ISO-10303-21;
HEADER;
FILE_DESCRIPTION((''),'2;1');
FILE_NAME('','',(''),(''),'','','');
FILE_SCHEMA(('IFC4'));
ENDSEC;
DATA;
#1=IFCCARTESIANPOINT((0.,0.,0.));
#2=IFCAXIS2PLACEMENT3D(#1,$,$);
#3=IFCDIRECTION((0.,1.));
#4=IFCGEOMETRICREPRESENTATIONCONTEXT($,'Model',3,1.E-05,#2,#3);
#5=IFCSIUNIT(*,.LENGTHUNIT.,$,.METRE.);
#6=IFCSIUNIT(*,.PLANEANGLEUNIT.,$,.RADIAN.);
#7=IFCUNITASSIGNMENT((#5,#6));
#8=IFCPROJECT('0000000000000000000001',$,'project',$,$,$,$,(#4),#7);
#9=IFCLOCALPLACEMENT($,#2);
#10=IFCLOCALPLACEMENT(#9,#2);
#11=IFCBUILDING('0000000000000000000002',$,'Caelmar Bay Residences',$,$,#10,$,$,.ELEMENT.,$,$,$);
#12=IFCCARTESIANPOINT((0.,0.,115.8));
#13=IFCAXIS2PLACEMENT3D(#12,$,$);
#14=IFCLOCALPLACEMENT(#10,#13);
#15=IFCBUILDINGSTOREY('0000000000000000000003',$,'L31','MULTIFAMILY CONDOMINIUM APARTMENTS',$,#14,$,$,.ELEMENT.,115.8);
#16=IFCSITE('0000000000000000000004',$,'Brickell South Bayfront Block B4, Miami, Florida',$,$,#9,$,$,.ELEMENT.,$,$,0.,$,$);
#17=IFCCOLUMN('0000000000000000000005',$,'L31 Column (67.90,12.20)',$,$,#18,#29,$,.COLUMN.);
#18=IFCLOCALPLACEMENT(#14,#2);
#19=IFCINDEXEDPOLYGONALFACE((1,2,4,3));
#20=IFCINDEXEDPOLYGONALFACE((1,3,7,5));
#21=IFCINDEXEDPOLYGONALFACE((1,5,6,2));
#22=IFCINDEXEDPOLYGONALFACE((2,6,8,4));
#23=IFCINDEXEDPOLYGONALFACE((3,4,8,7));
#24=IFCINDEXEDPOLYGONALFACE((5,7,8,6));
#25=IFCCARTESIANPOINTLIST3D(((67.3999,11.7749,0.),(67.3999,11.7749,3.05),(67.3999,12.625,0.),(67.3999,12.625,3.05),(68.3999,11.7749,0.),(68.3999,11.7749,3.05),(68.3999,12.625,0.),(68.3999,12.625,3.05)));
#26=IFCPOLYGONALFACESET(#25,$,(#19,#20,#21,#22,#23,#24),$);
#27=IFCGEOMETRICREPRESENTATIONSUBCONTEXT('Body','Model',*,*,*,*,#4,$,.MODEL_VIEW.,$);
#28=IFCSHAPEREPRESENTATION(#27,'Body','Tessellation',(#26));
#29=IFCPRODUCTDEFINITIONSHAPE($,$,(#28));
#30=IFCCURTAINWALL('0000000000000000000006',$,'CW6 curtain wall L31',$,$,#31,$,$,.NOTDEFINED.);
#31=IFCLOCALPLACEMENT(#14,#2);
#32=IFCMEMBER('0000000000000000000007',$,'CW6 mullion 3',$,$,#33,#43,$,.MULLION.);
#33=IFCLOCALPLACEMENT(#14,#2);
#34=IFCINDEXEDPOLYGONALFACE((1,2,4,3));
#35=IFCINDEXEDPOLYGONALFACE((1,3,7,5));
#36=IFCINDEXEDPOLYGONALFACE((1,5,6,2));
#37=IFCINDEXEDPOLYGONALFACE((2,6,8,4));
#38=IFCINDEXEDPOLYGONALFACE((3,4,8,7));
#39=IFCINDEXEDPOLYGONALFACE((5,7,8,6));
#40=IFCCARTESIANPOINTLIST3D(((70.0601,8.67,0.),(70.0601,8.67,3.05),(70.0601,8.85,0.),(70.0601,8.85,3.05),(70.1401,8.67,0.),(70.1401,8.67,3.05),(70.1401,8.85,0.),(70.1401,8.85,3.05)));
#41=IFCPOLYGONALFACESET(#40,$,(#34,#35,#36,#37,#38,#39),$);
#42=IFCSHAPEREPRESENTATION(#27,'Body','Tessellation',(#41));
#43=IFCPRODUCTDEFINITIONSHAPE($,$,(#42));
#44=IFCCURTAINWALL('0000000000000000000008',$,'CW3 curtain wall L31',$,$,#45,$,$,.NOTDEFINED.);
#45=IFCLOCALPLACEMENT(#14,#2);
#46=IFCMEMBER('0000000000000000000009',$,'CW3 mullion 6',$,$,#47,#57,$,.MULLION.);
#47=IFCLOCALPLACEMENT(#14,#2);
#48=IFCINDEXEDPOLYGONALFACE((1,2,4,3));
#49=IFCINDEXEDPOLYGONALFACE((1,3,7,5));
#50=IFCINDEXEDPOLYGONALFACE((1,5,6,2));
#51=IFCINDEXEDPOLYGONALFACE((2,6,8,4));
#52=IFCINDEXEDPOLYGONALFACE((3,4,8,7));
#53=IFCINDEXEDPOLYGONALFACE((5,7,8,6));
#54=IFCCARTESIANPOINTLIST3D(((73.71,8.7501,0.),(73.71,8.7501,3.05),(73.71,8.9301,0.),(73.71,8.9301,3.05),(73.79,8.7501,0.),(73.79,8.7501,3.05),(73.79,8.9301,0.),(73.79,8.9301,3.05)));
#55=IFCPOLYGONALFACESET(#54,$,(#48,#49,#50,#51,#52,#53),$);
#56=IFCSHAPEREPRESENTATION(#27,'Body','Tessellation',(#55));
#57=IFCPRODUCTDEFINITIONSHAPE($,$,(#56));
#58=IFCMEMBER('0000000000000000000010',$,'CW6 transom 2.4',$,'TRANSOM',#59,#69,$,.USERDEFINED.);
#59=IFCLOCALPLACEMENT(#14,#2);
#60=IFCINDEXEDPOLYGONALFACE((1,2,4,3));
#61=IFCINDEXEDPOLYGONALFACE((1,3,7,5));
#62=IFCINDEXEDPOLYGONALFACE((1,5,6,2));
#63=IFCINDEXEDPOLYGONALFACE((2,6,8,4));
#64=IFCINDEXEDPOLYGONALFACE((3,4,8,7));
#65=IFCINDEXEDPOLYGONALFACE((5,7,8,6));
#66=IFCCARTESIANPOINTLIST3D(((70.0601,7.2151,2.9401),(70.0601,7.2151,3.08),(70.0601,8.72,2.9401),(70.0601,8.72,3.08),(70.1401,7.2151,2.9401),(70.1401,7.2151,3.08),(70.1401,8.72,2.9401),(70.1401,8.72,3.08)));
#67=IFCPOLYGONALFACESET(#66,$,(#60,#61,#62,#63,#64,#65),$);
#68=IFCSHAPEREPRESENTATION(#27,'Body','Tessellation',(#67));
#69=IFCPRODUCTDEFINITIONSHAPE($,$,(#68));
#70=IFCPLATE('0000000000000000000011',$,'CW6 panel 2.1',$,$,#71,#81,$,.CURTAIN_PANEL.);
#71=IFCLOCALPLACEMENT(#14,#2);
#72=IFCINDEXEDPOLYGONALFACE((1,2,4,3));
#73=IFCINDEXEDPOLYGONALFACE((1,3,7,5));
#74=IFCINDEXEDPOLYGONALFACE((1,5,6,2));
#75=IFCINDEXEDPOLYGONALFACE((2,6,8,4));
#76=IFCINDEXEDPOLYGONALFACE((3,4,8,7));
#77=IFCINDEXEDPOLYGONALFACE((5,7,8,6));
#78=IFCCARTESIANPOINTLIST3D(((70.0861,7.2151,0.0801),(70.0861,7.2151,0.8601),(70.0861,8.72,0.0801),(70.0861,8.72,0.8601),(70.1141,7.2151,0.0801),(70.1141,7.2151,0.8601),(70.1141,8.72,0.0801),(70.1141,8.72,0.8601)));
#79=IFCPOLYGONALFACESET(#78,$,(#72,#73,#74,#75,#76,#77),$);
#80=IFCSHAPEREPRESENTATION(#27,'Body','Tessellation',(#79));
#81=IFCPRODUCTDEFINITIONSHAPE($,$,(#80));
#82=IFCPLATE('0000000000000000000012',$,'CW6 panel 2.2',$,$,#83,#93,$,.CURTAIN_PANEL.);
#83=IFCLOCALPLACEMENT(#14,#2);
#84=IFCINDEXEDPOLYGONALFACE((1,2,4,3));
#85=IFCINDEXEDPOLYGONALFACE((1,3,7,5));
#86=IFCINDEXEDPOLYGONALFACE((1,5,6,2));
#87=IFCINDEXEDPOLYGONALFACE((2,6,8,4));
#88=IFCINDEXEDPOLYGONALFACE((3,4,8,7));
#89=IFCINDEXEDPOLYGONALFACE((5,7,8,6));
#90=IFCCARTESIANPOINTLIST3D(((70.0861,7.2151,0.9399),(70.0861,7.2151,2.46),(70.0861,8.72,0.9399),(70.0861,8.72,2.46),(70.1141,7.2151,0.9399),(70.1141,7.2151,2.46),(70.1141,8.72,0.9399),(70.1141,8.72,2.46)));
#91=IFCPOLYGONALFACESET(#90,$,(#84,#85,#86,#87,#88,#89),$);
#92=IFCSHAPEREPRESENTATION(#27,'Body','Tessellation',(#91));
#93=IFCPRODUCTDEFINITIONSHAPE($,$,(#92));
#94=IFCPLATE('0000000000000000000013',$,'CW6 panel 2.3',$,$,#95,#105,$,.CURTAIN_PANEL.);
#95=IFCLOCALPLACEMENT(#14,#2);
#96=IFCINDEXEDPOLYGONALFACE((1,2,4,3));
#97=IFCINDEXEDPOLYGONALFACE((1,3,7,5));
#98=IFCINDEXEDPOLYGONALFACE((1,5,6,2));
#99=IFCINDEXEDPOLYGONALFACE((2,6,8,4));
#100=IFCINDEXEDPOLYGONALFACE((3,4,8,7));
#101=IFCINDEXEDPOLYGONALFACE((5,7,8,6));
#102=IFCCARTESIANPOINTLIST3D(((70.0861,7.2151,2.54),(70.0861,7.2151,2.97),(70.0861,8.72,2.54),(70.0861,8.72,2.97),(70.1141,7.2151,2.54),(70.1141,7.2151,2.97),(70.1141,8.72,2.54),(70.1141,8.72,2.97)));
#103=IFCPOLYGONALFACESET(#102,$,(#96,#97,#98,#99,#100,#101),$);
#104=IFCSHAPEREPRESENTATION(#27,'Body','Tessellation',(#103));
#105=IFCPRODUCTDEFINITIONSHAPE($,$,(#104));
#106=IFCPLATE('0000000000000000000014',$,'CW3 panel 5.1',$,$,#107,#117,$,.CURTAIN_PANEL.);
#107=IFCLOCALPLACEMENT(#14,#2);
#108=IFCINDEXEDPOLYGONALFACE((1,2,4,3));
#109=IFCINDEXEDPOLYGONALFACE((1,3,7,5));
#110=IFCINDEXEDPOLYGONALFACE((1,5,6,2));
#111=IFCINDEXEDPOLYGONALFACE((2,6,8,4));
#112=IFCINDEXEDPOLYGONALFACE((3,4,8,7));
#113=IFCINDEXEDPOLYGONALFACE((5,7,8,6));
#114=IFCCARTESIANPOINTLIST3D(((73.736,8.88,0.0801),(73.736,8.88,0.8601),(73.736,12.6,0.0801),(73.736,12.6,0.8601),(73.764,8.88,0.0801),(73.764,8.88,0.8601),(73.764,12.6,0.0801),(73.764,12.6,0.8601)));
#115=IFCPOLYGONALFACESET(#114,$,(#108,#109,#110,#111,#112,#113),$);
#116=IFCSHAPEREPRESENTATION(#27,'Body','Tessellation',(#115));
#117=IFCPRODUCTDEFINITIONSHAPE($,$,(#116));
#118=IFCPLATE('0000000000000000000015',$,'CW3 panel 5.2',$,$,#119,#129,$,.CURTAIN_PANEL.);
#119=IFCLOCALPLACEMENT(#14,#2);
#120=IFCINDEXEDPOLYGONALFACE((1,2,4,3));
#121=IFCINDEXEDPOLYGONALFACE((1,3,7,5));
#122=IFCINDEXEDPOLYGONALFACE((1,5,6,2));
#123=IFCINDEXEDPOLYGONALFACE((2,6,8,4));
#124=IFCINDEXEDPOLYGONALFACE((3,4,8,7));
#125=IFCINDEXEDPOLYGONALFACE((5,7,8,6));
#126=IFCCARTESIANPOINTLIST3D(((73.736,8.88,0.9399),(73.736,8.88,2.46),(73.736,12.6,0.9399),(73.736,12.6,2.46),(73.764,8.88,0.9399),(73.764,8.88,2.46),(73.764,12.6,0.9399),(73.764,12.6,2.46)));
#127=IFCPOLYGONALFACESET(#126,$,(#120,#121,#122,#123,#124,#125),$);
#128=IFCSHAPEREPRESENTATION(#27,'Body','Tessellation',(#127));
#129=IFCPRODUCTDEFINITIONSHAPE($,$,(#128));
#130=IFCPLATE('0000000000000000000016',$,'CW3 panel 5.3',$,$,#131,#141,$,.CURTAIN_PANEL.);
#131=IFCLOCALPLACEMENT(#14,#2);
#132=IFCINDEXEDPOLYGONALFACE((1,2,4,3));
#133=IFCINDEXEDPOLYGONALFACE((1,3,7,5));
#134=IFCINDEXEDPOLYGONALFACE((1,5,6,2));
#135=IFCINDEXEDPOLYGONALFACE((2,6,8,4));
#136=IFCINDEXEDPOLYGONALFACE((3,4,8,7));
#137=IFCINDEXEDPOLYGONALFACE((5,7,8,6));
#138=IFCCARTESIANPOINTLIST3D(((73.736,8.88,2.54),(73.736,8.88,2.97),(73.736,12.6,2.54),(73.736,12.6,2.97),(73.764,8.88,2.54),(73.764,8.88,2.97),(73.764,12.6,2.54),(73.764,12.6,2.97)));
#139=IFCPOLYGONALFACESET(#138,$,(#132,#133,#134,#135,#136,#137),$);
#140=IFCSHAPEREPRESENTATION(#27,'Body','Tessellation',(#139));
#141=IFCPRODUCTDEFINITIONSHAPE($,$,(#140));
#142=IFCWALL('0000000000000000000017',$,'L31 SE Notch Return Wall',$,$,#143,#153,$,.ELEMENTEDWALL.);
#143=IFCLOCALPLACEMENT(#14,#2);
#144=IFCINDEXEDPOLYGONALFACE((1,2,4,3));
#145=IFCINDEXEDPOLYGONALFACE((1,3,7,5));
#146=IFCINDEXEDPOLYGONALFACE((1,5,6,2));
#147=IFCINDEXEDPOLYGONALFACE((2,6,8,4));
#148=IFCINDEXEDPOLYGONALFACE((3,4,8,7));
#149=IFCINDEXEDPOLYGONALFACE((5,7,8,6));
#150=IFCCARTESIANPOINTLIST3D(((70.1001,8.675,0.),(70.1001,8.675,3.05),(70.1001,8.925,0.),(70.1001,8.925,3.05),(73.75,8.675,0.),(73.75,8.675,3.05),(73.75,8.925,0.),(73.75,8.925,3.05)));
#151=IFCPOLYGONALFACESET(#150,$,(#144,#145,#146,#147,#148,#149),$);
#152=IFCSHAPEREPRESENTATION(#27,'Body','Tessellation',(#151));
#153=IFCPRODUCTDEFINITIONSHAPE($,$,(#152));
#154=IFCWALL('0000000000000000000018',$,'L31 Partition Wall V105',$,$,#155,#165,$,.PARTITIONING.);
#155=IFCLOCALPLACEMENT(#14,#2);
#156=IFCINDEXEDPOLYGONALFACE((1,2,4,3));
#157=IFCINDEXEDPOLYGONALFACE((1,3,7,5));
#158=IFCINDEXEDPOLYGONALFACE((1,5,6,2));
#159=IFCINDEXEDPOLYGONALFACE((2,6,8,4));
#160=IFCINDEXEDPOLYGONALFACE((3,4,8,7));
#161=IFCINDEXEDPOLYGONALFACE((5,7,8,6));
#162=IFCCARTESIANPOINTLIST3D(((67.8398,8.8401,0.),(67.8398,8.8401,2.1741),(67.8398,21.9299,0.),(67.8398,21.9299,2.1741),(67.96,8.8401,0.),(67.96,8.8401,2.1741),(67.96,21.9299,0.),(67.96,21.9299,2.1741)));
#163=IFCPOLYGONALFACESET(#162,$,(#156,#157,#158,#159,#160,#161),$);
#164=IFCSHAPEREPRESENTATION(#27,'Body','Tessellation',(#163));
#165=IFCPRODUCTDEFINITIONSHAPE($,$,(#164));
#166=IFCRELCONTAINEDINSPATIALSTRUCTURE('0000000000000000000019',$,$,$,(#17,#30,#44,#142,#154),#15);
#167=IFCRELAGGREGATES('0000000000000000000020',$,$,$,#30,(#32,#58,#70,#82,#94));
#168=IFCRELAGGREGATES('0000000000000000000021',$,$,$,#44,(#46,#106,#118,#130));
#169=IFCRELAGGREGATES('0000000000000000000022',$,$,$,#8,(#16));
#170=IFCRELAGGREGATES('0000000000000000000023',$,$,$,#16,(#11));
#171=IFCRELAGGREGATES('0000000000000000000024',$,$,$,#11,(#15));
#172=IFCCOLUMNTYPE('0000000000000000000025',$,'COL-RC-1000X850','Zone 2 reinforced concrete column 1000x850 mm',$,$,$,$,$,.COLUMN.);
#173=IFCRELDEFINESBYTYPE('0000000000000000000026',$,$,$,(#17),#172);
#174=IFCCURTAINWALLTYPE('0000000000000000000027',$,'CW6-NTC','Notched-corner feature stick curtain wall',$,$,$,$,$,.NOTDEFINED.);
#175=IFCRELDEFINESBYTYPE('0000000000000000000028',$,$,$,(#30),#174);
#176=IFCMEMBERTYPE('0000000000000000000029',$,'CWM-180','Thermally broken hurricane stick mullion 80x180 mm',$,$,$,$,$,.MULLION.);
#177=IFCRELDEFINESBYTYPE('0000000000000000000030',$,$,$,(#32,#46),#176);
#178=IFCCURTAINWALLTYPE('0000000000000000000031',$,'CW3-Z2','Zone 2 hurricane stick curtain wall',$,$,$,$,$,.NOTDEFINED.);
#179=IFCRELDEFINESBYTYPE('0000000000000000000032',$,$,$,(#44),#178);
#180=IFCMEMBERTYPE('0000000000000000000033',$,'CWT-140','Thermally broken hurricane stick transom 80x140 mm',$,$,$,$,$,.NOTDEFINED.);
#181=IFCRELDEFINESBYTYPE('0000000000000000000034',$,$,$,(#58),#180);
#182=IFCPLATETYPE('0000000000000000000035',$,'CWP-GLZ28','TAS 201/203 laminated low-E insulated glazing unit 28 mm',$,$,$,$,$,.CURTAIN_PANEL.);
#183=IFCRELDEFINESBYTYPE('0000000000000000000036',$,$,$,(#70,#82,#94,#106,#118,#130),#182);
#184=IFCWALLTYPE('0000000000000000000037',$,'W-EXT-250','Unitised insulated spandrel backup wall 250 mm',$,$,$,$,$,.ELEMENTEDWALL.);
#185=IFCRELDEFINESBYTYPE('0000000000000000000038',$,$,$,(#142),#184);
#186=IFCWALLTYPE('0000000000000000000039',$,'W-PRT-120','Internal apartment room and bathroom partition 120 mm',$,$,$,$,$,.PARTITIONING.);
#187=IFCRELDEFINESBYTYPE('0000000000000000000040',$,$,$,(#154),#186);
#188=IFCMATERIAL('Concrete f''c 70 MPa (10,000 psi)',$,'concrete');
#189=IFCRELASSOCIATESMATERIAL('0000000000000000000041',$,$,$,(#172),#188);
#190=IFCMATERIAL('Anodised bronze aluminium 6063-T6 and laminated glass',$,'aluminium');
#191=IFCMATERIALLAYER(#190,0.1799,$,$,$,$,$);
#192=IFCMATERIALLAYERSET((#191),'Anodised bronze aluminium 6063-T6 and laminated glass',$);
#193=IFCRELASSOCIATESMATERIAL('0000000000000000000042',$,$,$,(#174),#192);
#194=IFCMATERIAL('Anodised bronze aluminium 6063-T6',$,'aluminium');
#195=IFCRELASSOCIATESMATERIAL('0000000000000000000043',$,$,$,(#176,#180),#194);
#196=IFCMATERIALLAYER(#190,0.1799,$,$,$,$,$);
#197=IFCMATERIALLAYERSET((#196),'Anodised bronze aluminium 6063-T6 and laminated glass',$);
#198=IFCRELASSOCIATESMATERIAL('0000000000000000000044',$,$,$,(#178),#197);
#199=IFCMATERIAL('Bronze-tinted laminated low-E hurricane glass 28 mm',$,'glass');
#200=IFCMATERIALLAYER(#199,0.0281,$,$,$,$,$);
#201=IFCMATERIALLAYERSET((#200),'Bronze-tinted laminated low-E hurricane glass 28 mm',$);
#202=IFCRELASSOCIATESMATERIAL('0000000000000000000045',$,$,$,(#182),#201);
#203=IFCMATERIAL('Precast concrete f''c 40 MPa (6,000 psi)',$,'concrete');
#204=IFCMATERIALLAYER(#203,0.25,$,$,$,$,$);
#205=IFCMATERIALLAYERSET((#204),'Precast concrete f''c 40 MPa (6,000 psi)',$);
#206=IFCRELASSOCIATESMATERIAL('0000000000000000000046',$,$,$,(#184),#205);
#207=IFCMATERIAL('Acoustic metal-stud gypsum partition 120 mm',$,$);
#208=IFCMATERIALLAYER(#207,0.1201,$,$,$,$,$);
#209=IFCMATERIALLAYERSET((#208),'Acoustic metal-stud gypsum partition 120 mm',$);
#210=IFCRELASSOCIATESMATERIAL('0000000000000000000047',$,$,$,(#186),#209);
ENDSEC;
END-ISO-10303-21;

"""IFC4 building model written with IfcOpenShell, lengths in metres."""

from ifc_helpers import new_model, si_unit, direction, frame, frame_2d, origin, origin_2d, place, context, subcontext, project, spatial, rectangle, extrude, material, layer, layer_set, material_profile, profile_set, type_object, element, aggregate, save


model = new_model("IFC4")

# Units and contexts
model_context = context("Model", 3, precision=1e-05, world=origin(), true_north=direction((0.0, 1.0)))
body_context = subcontext(model_context, "Body", "Model", "MODEL_VIEW")
ifc_project = project(units=[si_unit("LENGTHUNIT", "METRE"), si_unit("PLANEANGLEUNIT", "RADIAN")], contexts=[model_context])

# Site, building, storey
site_placement = place(None, origin())
site = spatial("IfcSite", under=ifc_project, at=site_placement, Name="Brickell South Bayfront Block B4, Miami, Florida", CompositionType="ELEMENT", RefElevation=0.0)
building_placement = place(site_placement, origin())
building = spatial("IfcBuilding", under=site, at=building_placement, Name="Caelmar Bay Residences", CompositionType="ELEMENT")
storey_placement = place(building_placement, frame((0.0, 0.0, 115.8)))
storey = spatial("IfcBuildingStorey", under=building, at=storey_placement, Name="L31", Description="MULTIFAMILY CONDOMINIUM APARTMENTS", CompositionType="ELEMENT", Elevation=115.8)

# Column
ifc_material_1 = material(Name="Concrete f'c 70 MPa (10,000 psi)", Category="concrete")
ifc_material_profile_1 = material_profile(ifc_material_1, rectangle(XDim=1.0, YDim=0.8501, at=origin_2d()), Name="RC-COL-1000X850")
ifc_profile_set_1 = profile_set([ifc_material_profile_1], Name="Concrete f'c 70 MPa (10,000 psi)")
column_type = type_object("IfcColumnType", Name="COL-RC-1000X850", Description="Zone 2 reinforced concrete column 1000x850 mm", PredefinedType="COLUMN", material=ifc_profile_set_1)
column_placement = place(storey_placement, frame((67.8999, 12.2, 0.0), z_axis=(0.0, 0.0, 1.0), x_axis=(1.0, 0.0, 0.0)))
element("IfcColumn", 1, at=column_placement, inside=storey, type_object=column_type, Name="L31 Column (67.90,12.20)", PredefinedType="COLUMN", context=body_context, shape_type="SweptSolid", body=[
    extrude(rectangle(XDim=1.0, YDim=0.8501, at=origin_2d()), origin(), (0.0, 0.0, 1.0), 3.05),
])

# Curtain walls, members
ifc_material_2 = material(Name="Anodised bronze aluminium 6063-T6 and laminated glass", Category="aluminium")
ifc_layer_1 = layer(ifc_material_2, 0.1799)
ifc_layer_set_1 = layer_set([ifc_layer_1], Name="Anodised bronze aluminium 6063-T6 and laminated glass")
curtain_wall_type_1 = type_object("IfcCurtainWallType", Name="CW6-NTC", Description="Notched-corner feature stick curtain wall", PredefinedType="NOTDEFINED", material=ifc_layer_set_1)
curtain_wall_1_placement = place(storey_placement, origin())
curtain_wall_1 = element("IfcCurtainWall", 2, at=curtain_wall_1_placement, inside=storey, type_object=curtain_wall_type_1, Name="CW6 curtain wall L31", PredefinedType="NOTDEFINED")
ifc_material_3 = material(Name="Anodised bronze aluminium 6063-T6", Category="aluminium")
ifc_material_profile_2 = material_profile(ifc_material_3, rectangle(XDim=0.0801, YDim=0.1799, at=origin_2d()), Name="CWM-80X180")
ifc_profile_set_2 = profile_set([ifc_material_profile_2], Name="Anodised bronze aluminium 6063-T6")
member_type_1 = type_object("IfcMemberType", Name="CWM-180", Description="Thermally broken hurricane stick mullion 80x180 mm", PredefinedType="MULLION", material=ifc_profile_set_2)
member_1_placement = place(storey_placement, frame((70.1001, 8.76, 0.0), z_axis=(0.0, 0.0, 1.0), x_axis=(-1.0, 0.0, 0.0)))
member_1 = element("IfcMember", 3, at=member_1_placement, type_object=member_type_1, Name="CW6 mullion 3", PredefinedType="MULLION", context=body_context, shape_type="SweptSolid", body=[
    extrude(rectangle(XDim=0.0801, YDim=0.1799, at=origin_2d()), origin(), (0.0, 0.0, 1.0), 3.05),
])
ifc_layer_2 = layer(ifc_material_2, 0.1799)
ifc_layer_set_2 = layer_set([ifc_layer_2], Name="Anodised bronze aluminium 6063-T6 and laminated glass")
curtain_wall_type_2 = type_object("IfcCurtainWallType", Name="CW3-Z2", Description="Zone 2 hurricane stick curtain wall", PredefinedType="NOTDEFINED", material=ifc_layer_set_2)
curtain_wall_2_placement = place(storey_placement, origin())
curtain_wall_2 = element("IfcCurtainWall", 4, at=curtain_wall_2_placement, inside=storey, type_object=curtain_wall_type_2, Name="CW3 curtain wall L31", PredefinedType="NOTDEFINED")
member_2_placement = place(storey_placement, frame((73.75, 8.8401, 0.0), z_axis=(0.0, 0.0, 1.0), x_axis=(1.0, 0.0, 0.0)))
member_2 = element("IfcMember", 5, at=member_2_placement, type_object=member_type_1, Name="CW3 mullion 6", PredefinedType="MULLION", context=body_context, shape_type="SweptSolid", body=[
    extrude(rectangle(XDim=0.0801, YDim=0.1799, at=origin_2d()), origin(), (0.0, 0.0, 1.0), 3.05),
])

# Member
ifc_material_profile_3 = material_profile(ifc_material_3, rectangle(XDim=0.0801, YDim=0.1399, at=origin_2d()), Name="CWT-80X140")
ifc_profile_set_3 = profile_set([ifc_material_profile_3], Name="Anodised bronze aluminium 6063-T6")
member_type_2 = type_object("IfcMemberType", Name="CWT-140", Description="Thermally broken hurricane stick transom 80x140 mm", PredefinedType="NOTDEFINED", material=ifc_profile_set_3)
member_3_placement = place(storey_placement, frame((70.1001, 7.2151, 3.01), z_axis=(0.0, 1.0, 0.0), x_axis=(-1.0, 0.0, 0.0)))
member_3 = element("IfcMember", 6, at=member_3_placement, type_object=member_type_2, Name="CW6 transom 2.4", ObjectType="TRANSOM", PredefinedType="USERDEFINED", context=body_context, shape_type="SweptSolid", body=[
    extrude(rectangle(XDim=0.0801, YDim=0.1399, at=origin_2d()), origin(), (0.0, 0.0, 1.0), 1.5049),
])

# Plates
ifc_material_4 = material(Name="Bronze-tinted laminated low-E hurricane glass 28 mm", Category="glass")
ifc_layer_3 = layer(ifc_material_4, 0.0281)
ifc_layer_set_3 = layer_set([ifc_layer_3], Name="Bronze-tinted laminated low-E hurricane glass 28 mm")
plate_type = type_object("IfcPlateType", Name="CWP-GLZ28", Description="TAS 201/203 laminated low-E insulated glazing unit 28 mm", PredefinedType="CURTAIN_PANEL", material=ifc_layer_set_3)
plate_1_placement = place(storey_placement, frame((70.1001, 7.9675, 0.0801), z_axis=(0.0, 0.0, 1.0), x_axis=(0.0, 1.0, 0.0)))
plate_1 = element("IfcPlate", 7, at=plate_1_placement, type_object=plate_type, Name="CW6 panel 2.1", PredefinedType="CURTAIN_PANEL", context=body_context, shape_type="SweptSolid", body=[
    extrude(rectangle(XDim=1.5049, YDim=0.0281, at=origin_2d()), origin(), (0.0, 0.0, 1.0), 0.78),
])
plate_2_placement = place(storey_placement, frame((70.1001, 7.9675, 0.9399), z_axis=(0.0, 0.0, 1.0), x_axis=(0.0, 1.0, 0.0)))
plate_2 = element("IfcPlate", 8, at=plate_2_placement, type_object=plate_type, Name="CW6 panel 2.2", PredefinedType="CURTAIN_PANEL", context=body_context, shape_type="SweptSolid", body=[
    extrude(rectangle(XDim=1.5049, YDim=0.0281, at=origin_2d()), origin(), (0.0, 0.0, 1.0), 1.52),
])
plate_3_placement = place(storey_placement, frame((70.1001, 7.9675, 2.54), z_axis=(0.0, 0.0, 1.0), x_axis=(0.0, 1.0, 0.0)))
plate_3 = element("IfcPlate", 9, at=plate_3_placement, type_object=plate_type, Name="CW6 panel 2.3", PredefinedType="CURTAIN_PANEL", context=body_context, shape_type="SweptSolid", body=[
    extrude(rectangle(XDim=1.5049, YDim=0.0281, at=origin_2d()), origin(), (0.0, 0.0, 1.0), 0.4299),
])
aggregate(curtain_wall_1, [member_1, member_3, plate_1, plate_2, plate_3])
plate_4_placement = place(storey_placement, frame((73.75, 10.74, 0.0801), z_axis=(0.0, 0.0, 1.0), x_axis=(0.0, -1.0, 0.0)))
plate_4 = element("IfcPlate", 10, at=plate_4_placement, type_object=plate_type, Name="CW3 panel 5.1", PredefinedType="CURTAIN_PANEL", context=body_context, shape_type="SweptSolid", body=[
    extrude(rectangle(XDim=3.72, YDim=0.0281, at=origin_2d()), origin(), (0.0, 0.0, 1.0), 0.78),
])
plate_5_placement = place(storey_placement, frame((73.75, 10.74, 0.9399), z_axis=(0.0, 0.0, 1.0), x_axis=(0.0, -1.0, 0.0)))
plate_5 = element("IfcPlate", 11, at=plate_5_placement, type_object=plate_type, Name="CW3 panel 5.2", PredefinedType="CURTAIN_PANEL", context=body_context, shape_type="SweptSolid", body=[
    extrude(rectangle(XDim=3.72, YDim=0.0281, at=origin_2d()), origin(), (0.0, 0.0, 1.0), 1.52),
])
plate_6_placement = place(storey_placement, frame((73.75, 10.74, 2.54), z_axis=(0.0, 0.0, 1.0), x_axis=(0.0, -1.0, 0.0)))
plate_6 = element("IfcPlate", 12, at=plate_6_placement, type_object=plate_type, Name="CW3 panel 5.3", PredefinedType="CURTAIN_PANEL", context=body_context, shape_type="SweptSolid", body=[
    extrude(rectangle(XDim=3.72, YDim=0.0281, at=origin_2d()), origin(), (0.0, 0.0, 1.0), 0.4299),
])
aggregate(curtain_wall_2, [member_2, plate_4, plate_5, plate_6])

# Walls
ifc_material_5 = material(Name="Precast concrete f'c 40 MPa (6,000 psi)", Category="concrete")
ifc_layer_4 = layer(ifc_material_5, 0.25)
ifc_layer_set_4 = layer_set([ifc_layer_4], Name="Precast concrete f'c 40 MPa (6,000 psi)")
wall_type_1 = type_object("IfcWallType", Name="W-EXT-250", Description="Unitised insulated spandrel backup wall 250 mm", PredefinedType="ELEMENTEDWALL", material=ifc_layer_set_4)
wall_1_placement = place(storey_placement, frame((70.1001, 8.8, 0.0), z_axis=(0.0, 0.0, 1.0), x_axis=(1.0, 0.0, 0.0)))
element("IfcWall", 13, at=wall_1_placement, inside=storey, type_object=wall_type_1, Name="L31 SE Notch Return Wall", PredefinedType="ELEMENTEDWALL", context=body_context, shape_type="SweptSolid", body=[
    extrude(rectangle(XDim=3.6499, YDim=0.25, at=frame_2d((1.825, 0.0))), origin(), (0.0, 0.0, 1.0), 3.05),
])
ifc_material_6 = material(Name="Acoustic metal-stud gypsum partition 120 mm")
ifc_layer_5 = layer(ifc_material_6, 0.1201)
ifc_layer_set_5 = layer_set([ifc_layer_5], Name="Acoustic metal-stud gypsum partition 120 mm")
wall_type_2 = type_object("IfcWallType", Name="W-PRT-120", Description="Internal apartment room and bathroom partition 120 mm", PredefinedType="PARTITIONING", material=ifc_layer_set_5)
wall_2_placement = place(storey_placement, frame((67.8999, 8.8401, 0.0), z_axis=(0.0, 0.0, 1.0), x_axis=(0.0, 1.0, 0.0)))
element("IfcWall", 14, at=wall_2_placement, inside=storey, type_object=wall_type_2, Name="L31 Partition Wall V105", PredefinedType="PARTITIONING", context=body_context, shape_type="SweptSolid", body=[
    extrude(rectangle(XDim=13.0898, YDim=0.1201, at=frame_2d((6.5449, 0.0))), origin(), (0.0, 0.0, 1.0), 2.1741),
])

save(model, "model.ifc")
